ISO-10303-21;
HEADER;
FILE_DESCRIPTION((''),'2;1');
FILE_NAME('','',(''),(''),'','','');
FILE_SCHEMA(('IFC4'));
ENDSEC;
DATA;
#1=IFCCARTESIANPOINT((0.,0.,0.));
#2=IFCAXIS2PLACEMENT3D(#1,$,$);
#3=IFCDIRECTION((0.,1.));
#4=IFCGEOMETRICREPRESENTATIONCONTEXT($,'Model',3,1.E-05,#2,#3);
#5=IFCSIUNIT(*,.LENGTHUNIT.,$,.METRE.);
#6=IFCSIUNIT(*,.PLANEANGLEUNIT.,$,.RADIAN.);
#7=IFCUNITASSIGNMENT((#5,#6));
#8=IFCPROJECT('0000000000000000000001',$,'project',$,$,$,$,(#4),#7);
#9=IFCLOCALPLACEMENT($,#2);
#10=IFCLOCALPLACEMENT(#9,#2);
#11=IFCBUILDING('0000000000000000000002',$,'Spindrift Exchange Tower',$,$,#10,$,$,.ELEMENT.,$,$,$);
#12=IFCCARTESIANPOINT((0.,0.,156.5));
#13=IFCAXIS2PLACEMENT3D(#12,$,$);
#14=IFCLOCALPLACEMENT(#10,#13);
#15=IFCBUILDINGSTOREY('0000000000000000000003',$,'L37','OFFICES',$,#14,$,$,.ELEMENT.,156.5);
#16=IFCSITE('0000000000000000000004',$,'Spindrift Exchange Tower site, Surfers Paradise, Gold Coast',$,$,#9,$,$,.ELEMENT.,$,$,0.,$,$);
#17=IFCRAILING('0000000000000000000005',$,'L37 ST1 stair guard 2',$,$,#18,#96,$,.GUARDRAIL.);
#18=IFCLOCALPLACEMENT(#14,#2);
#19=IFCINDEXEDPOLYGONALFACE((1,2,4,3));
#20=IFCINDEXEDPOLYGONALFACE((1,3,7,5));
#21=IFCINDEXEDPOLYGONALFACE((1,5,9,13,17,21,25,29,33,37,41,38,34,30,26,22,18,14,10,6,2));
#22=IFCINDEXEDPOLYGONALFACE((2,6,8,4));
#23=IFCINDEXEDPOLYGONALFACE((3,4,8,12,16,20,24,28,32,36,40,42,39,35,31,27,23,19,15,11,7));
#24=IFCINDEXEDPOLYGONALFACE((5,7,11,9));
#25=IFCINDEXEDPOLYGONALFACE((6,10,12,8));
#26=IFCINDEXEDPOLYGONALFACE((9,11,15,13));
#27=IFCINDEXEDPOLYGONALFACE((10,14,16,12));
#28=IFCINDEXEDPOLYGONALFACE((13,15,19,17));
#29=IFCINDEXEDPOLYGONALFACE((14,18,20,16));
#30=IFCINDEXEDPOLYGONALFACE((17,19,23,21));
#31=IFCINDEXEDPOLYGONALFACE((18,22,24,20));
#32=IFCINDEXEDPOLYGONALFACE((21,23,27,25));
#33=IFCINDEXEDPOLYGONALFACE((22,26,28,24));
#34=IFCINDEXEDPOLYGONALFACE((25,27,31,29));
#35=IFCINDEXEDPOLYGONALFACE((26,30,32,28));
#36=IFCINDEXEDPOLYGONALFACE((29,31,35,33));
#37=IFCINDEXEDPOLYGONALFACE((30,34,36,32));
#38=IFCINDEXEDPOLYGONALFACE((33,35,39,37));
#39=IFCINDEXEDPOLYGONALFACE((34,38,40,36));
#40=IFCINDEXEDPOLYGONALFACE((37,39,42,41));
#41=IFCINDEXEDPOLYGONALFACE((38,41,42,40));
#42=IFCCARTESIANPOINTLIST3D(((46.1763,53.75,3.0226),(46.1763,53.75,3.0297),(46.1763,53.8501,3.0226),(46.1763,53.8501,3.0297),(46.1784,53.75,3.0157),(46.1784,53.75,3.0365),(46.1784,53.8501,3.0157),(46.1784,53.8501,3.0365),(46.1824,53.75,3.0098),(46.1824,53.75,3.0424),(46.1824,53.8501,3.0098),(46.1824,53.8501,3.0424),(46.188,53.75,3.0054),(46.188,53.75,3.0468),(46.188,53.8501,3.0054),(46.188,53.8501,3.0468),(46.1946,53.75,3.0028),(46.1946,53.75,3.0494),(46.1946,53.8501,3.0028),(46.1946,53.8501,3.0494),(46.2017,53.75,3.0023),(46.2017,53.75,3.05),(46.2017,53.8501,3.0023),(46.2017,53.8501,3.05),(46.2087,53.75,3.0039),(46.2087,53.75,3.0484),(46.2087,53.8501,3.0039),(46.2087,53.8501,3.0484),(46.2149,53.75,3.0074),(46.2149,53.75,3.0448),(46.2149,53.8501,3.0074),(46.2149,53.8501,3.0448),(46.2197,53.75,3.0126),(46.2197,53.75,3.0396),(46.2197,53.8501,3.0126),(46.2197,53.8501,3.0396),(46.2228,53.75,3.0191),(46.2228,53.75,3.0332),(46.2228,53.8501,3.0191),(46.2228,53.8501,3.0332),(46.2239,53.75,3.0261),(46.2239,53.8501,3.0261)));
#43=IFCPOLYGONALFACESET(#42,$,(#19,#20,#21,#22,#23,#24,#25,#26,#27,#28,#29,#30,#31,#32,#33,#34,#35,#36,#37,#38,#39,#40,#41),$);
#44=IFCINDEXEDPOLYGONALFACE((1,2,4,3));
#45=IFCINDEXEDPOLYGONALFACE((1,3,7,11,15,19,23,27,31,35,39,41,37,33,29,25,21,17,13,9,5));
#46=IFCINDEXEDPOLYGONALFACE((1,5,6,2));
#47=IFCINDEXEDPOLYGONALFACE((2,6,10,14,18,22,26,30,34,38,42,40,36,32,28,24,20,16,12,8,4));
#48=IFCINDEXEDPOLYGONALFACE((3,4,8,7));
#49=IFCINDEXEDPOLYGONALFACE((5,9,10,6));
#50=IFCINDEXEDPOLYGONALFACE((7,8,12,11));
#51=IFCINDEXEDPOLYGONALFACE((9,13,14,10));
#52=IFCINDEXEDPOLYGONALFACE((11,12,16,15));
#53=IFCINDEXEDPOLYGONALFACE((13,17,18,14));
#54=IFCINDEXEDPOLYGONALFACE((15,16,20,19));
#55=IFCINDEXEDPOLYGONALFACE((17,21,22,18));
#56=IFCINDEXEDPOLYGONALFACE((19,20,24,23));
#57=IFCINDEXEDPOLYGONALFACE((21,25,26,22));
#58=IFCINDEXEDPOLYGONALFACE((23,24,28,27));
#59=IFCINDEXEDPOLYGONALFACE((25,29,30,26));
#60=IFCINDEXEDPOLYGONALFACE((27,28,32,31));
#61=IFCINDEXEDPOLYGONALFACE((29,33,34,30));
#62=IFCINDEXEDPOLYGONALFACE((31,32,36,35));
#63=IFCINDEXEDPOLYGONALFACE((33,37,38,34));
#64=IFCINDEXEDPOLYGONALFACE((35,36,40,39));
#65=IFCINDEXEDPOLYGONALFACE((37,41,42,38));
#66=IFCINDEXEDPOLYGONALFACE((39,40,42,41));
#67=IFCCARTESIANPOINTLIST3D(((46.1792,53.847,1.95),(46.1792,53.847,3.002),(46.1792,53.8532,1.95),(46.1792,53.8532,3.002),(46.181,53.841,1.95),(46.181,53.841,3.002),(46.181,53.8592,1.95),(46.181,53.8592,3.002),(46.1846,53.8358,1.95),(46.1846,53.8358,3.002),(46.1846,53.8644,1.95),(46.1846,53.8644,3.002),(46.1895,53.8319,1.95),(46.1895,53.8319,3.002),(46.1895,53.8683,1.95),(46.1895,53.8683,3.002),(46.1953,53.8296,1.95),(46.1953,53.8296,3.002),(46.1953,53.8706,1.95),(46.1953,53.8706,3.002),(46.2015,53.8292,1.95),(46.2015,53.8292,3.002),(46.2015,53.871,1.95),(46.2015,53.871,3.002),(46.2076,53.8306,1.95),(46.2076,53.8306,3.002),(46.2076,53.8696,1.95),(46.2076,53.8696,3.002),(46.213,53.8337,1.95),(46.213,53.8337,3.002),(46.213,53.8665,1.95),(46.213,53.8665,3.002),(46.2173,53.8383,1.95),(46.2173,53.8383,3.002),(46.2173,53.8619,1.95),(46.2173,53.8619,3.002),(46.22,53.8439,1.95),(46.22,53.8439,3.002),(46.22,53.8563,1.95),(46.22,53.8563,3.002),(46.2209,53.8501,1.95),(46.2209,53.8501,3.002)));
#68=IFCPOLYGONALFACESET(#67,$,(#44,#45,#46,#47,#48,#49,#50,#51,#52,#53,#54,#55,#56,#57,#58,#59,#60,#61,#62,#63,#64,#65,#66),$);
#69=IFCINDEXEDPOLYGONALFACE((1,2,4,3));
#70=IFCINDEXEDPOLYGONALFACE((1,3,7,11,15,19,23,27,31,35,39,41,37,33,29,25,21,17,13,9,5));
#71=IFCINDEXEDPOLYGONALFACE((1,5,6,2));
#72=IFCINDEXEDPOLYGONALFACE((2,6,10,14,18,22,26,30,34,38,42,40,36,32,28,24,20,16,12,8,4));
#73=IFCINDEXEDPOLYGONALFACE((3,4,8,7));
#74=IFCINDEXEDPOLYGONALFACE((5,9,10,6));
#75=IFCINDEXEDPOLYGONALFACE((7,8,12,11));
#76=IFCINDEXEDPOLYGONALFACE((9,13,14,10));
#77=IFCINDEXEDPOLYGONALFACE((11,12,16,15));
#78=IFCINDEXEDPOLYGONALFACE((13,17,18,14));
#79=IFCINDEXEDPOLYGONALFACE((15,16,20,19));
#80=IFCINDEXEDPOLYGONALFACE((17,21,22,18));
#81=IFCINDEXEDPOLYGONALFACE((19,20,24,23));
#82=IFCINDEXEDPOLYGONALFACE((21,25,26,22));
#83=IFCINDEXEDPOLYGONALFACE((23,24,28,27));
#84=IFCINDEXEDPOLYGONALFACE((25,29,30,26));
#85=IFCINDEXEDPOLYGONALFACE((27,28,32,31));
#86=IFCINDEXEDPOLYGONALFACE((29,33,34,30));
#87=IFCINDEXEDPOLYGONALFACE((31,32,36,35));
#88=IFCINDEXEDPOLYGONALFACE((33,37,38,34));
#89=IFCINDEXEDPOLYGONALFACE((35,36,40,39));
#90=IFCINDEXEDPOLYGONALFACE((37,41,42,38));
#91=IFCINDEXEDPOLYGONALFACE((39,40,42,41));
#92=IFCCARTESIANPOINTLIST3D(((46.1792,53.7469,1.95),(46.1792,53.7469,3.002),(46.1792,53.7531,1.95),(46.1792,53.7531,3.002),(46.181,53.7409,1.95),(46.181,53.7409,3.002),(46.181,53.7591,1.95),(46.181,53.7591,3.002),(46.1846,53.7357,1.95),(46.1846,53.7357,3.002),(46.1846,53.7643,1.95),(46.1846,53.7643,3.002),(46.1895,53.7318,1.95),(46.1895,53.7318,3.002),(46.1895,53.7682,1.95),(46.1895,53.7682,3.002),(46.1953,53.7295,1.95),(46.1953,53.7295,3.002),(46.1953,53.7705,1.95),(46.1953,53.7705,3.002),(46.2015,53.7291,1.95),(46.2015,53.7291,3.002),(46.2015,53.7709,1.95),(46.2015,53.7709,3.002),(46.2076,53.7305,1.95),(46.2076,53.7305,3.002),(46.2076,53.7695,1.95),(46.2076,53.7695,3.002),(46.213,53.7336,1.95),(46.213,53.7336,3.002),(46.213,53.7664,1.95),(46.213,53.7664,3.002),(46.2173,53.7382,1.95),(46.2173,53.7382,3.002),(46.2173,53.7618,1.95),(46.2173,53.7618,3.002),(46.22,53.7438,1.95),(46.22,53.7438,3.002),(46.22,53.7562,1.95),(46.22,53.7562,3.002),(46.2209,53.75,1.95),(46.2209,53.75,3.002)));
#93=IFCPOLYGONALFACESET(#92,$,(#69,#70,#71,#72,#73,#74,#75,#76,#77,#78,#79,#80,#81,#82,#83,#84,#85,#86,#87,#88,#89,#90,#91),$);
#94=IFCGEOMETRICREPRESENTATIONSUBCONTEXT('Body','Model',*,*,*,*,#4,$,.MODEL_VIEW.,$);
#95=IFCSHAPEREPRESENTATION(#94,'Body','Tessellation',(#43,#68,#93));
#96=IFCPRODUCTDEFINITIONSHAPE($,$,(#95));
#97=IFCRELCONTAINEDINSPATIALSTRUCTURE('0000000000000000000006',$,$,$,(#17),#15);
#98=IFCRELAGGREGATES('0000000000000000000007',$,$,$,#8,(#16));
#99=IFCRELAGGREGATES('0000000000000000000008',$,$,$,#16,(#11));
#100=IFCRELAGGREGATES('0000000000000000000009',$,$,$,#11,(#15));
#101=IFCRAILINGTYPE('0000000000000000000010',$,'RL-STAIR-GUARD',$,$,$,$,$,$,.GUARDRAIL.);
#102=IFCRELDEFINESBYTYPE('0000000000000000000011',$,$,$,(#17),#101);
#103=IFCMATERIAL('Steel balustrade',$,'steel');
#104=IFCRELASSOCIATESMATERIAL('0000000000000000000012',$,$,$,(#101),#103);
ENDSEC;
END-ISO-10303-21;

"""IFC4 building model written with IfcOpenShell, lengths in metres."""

from ifc_helpers import new_model, si_unit, direction, frame, origin, origin_2d, place, context, subcontext, project, spatial, circle, extrude, material, type_object, element, save


model = new_model("IFC4")

# Units and contexts
model_context = context("Model", 3, precision=1e-05, world=origin(), true_north=direction((0.0, 1.0)))
body_context = subcontext(model_context, "Body", "Model", "MODEL_VIEW")
ifc_project = project(units=[si_unit("LENGTHUNIT", "METRE"), si_unit("PLANEANGLEUNIT", "RADIAN")], contexts=[model_context])

# Site, building, storey
site_placement = place(None, origin())
site = spatial("IfcSite", under=ifc_project, at=site_placement, Name="Spindrift Exchange Tower site, Surfers Paradise, Gold Coast", CompositionType="ELEMENT", RefElevation=0.0)
building_placement = place(site_placement, origin())
building = spatial("IfcBuilding", under=site, at=building_placement, Name="Spindrift Exchange Tower", CompositionType="ELEMENT")
storey_placement = place(building_placement, frame((0.0, 0.0, 156.5)))
storey = spatial("IfcBuildingStorey", under=building, at=storey_placement, Name="L37", Description="OFFICES", CompositionType="ELEMENT", Elevation=156.5)

# Railing
ifc_material_1 = material(Name="Steel balustrade", Category="steel")
railing_type_1 = type_object("IfcRailingType", Name="RL-STAIR-GUARD", PredefinedType="GUARDRAIL", material=ifc_material_1)
railing_1_placement = place(storey_placement, frame((46.2, 53.8501, 1.95)))
element("IfcRailing", 1, at=railing_1_placement, inside=storey, type_object=railing_type_1, Name="L37 ST1 stair guard 2", PredefinedType="GUARDRAIL", context=body_context, shape_type="SweptSolid", body=[
    extrude(circle(Radius=0.0239, at=origin_2d()), frame((0.0, 0.0, 1.0762), z_axis=(0.0, -1.0, 0.0), x_axis=(1.0, 0.0, 0.0)), (0.0, 0.0, 1.0), 0.1001),
    extrude(circle(Radius=0.021, at=origin_2d()), origin(), (0.0, 0.0, 1.0), 1.052),
    extrude(circle(Radius=0.021, at=origin_2d()), frame((0.0, -0.1001, 0.0)), (0.0, 0.0, 1.0), 1.052),
])

save(model, "model.ifc")
